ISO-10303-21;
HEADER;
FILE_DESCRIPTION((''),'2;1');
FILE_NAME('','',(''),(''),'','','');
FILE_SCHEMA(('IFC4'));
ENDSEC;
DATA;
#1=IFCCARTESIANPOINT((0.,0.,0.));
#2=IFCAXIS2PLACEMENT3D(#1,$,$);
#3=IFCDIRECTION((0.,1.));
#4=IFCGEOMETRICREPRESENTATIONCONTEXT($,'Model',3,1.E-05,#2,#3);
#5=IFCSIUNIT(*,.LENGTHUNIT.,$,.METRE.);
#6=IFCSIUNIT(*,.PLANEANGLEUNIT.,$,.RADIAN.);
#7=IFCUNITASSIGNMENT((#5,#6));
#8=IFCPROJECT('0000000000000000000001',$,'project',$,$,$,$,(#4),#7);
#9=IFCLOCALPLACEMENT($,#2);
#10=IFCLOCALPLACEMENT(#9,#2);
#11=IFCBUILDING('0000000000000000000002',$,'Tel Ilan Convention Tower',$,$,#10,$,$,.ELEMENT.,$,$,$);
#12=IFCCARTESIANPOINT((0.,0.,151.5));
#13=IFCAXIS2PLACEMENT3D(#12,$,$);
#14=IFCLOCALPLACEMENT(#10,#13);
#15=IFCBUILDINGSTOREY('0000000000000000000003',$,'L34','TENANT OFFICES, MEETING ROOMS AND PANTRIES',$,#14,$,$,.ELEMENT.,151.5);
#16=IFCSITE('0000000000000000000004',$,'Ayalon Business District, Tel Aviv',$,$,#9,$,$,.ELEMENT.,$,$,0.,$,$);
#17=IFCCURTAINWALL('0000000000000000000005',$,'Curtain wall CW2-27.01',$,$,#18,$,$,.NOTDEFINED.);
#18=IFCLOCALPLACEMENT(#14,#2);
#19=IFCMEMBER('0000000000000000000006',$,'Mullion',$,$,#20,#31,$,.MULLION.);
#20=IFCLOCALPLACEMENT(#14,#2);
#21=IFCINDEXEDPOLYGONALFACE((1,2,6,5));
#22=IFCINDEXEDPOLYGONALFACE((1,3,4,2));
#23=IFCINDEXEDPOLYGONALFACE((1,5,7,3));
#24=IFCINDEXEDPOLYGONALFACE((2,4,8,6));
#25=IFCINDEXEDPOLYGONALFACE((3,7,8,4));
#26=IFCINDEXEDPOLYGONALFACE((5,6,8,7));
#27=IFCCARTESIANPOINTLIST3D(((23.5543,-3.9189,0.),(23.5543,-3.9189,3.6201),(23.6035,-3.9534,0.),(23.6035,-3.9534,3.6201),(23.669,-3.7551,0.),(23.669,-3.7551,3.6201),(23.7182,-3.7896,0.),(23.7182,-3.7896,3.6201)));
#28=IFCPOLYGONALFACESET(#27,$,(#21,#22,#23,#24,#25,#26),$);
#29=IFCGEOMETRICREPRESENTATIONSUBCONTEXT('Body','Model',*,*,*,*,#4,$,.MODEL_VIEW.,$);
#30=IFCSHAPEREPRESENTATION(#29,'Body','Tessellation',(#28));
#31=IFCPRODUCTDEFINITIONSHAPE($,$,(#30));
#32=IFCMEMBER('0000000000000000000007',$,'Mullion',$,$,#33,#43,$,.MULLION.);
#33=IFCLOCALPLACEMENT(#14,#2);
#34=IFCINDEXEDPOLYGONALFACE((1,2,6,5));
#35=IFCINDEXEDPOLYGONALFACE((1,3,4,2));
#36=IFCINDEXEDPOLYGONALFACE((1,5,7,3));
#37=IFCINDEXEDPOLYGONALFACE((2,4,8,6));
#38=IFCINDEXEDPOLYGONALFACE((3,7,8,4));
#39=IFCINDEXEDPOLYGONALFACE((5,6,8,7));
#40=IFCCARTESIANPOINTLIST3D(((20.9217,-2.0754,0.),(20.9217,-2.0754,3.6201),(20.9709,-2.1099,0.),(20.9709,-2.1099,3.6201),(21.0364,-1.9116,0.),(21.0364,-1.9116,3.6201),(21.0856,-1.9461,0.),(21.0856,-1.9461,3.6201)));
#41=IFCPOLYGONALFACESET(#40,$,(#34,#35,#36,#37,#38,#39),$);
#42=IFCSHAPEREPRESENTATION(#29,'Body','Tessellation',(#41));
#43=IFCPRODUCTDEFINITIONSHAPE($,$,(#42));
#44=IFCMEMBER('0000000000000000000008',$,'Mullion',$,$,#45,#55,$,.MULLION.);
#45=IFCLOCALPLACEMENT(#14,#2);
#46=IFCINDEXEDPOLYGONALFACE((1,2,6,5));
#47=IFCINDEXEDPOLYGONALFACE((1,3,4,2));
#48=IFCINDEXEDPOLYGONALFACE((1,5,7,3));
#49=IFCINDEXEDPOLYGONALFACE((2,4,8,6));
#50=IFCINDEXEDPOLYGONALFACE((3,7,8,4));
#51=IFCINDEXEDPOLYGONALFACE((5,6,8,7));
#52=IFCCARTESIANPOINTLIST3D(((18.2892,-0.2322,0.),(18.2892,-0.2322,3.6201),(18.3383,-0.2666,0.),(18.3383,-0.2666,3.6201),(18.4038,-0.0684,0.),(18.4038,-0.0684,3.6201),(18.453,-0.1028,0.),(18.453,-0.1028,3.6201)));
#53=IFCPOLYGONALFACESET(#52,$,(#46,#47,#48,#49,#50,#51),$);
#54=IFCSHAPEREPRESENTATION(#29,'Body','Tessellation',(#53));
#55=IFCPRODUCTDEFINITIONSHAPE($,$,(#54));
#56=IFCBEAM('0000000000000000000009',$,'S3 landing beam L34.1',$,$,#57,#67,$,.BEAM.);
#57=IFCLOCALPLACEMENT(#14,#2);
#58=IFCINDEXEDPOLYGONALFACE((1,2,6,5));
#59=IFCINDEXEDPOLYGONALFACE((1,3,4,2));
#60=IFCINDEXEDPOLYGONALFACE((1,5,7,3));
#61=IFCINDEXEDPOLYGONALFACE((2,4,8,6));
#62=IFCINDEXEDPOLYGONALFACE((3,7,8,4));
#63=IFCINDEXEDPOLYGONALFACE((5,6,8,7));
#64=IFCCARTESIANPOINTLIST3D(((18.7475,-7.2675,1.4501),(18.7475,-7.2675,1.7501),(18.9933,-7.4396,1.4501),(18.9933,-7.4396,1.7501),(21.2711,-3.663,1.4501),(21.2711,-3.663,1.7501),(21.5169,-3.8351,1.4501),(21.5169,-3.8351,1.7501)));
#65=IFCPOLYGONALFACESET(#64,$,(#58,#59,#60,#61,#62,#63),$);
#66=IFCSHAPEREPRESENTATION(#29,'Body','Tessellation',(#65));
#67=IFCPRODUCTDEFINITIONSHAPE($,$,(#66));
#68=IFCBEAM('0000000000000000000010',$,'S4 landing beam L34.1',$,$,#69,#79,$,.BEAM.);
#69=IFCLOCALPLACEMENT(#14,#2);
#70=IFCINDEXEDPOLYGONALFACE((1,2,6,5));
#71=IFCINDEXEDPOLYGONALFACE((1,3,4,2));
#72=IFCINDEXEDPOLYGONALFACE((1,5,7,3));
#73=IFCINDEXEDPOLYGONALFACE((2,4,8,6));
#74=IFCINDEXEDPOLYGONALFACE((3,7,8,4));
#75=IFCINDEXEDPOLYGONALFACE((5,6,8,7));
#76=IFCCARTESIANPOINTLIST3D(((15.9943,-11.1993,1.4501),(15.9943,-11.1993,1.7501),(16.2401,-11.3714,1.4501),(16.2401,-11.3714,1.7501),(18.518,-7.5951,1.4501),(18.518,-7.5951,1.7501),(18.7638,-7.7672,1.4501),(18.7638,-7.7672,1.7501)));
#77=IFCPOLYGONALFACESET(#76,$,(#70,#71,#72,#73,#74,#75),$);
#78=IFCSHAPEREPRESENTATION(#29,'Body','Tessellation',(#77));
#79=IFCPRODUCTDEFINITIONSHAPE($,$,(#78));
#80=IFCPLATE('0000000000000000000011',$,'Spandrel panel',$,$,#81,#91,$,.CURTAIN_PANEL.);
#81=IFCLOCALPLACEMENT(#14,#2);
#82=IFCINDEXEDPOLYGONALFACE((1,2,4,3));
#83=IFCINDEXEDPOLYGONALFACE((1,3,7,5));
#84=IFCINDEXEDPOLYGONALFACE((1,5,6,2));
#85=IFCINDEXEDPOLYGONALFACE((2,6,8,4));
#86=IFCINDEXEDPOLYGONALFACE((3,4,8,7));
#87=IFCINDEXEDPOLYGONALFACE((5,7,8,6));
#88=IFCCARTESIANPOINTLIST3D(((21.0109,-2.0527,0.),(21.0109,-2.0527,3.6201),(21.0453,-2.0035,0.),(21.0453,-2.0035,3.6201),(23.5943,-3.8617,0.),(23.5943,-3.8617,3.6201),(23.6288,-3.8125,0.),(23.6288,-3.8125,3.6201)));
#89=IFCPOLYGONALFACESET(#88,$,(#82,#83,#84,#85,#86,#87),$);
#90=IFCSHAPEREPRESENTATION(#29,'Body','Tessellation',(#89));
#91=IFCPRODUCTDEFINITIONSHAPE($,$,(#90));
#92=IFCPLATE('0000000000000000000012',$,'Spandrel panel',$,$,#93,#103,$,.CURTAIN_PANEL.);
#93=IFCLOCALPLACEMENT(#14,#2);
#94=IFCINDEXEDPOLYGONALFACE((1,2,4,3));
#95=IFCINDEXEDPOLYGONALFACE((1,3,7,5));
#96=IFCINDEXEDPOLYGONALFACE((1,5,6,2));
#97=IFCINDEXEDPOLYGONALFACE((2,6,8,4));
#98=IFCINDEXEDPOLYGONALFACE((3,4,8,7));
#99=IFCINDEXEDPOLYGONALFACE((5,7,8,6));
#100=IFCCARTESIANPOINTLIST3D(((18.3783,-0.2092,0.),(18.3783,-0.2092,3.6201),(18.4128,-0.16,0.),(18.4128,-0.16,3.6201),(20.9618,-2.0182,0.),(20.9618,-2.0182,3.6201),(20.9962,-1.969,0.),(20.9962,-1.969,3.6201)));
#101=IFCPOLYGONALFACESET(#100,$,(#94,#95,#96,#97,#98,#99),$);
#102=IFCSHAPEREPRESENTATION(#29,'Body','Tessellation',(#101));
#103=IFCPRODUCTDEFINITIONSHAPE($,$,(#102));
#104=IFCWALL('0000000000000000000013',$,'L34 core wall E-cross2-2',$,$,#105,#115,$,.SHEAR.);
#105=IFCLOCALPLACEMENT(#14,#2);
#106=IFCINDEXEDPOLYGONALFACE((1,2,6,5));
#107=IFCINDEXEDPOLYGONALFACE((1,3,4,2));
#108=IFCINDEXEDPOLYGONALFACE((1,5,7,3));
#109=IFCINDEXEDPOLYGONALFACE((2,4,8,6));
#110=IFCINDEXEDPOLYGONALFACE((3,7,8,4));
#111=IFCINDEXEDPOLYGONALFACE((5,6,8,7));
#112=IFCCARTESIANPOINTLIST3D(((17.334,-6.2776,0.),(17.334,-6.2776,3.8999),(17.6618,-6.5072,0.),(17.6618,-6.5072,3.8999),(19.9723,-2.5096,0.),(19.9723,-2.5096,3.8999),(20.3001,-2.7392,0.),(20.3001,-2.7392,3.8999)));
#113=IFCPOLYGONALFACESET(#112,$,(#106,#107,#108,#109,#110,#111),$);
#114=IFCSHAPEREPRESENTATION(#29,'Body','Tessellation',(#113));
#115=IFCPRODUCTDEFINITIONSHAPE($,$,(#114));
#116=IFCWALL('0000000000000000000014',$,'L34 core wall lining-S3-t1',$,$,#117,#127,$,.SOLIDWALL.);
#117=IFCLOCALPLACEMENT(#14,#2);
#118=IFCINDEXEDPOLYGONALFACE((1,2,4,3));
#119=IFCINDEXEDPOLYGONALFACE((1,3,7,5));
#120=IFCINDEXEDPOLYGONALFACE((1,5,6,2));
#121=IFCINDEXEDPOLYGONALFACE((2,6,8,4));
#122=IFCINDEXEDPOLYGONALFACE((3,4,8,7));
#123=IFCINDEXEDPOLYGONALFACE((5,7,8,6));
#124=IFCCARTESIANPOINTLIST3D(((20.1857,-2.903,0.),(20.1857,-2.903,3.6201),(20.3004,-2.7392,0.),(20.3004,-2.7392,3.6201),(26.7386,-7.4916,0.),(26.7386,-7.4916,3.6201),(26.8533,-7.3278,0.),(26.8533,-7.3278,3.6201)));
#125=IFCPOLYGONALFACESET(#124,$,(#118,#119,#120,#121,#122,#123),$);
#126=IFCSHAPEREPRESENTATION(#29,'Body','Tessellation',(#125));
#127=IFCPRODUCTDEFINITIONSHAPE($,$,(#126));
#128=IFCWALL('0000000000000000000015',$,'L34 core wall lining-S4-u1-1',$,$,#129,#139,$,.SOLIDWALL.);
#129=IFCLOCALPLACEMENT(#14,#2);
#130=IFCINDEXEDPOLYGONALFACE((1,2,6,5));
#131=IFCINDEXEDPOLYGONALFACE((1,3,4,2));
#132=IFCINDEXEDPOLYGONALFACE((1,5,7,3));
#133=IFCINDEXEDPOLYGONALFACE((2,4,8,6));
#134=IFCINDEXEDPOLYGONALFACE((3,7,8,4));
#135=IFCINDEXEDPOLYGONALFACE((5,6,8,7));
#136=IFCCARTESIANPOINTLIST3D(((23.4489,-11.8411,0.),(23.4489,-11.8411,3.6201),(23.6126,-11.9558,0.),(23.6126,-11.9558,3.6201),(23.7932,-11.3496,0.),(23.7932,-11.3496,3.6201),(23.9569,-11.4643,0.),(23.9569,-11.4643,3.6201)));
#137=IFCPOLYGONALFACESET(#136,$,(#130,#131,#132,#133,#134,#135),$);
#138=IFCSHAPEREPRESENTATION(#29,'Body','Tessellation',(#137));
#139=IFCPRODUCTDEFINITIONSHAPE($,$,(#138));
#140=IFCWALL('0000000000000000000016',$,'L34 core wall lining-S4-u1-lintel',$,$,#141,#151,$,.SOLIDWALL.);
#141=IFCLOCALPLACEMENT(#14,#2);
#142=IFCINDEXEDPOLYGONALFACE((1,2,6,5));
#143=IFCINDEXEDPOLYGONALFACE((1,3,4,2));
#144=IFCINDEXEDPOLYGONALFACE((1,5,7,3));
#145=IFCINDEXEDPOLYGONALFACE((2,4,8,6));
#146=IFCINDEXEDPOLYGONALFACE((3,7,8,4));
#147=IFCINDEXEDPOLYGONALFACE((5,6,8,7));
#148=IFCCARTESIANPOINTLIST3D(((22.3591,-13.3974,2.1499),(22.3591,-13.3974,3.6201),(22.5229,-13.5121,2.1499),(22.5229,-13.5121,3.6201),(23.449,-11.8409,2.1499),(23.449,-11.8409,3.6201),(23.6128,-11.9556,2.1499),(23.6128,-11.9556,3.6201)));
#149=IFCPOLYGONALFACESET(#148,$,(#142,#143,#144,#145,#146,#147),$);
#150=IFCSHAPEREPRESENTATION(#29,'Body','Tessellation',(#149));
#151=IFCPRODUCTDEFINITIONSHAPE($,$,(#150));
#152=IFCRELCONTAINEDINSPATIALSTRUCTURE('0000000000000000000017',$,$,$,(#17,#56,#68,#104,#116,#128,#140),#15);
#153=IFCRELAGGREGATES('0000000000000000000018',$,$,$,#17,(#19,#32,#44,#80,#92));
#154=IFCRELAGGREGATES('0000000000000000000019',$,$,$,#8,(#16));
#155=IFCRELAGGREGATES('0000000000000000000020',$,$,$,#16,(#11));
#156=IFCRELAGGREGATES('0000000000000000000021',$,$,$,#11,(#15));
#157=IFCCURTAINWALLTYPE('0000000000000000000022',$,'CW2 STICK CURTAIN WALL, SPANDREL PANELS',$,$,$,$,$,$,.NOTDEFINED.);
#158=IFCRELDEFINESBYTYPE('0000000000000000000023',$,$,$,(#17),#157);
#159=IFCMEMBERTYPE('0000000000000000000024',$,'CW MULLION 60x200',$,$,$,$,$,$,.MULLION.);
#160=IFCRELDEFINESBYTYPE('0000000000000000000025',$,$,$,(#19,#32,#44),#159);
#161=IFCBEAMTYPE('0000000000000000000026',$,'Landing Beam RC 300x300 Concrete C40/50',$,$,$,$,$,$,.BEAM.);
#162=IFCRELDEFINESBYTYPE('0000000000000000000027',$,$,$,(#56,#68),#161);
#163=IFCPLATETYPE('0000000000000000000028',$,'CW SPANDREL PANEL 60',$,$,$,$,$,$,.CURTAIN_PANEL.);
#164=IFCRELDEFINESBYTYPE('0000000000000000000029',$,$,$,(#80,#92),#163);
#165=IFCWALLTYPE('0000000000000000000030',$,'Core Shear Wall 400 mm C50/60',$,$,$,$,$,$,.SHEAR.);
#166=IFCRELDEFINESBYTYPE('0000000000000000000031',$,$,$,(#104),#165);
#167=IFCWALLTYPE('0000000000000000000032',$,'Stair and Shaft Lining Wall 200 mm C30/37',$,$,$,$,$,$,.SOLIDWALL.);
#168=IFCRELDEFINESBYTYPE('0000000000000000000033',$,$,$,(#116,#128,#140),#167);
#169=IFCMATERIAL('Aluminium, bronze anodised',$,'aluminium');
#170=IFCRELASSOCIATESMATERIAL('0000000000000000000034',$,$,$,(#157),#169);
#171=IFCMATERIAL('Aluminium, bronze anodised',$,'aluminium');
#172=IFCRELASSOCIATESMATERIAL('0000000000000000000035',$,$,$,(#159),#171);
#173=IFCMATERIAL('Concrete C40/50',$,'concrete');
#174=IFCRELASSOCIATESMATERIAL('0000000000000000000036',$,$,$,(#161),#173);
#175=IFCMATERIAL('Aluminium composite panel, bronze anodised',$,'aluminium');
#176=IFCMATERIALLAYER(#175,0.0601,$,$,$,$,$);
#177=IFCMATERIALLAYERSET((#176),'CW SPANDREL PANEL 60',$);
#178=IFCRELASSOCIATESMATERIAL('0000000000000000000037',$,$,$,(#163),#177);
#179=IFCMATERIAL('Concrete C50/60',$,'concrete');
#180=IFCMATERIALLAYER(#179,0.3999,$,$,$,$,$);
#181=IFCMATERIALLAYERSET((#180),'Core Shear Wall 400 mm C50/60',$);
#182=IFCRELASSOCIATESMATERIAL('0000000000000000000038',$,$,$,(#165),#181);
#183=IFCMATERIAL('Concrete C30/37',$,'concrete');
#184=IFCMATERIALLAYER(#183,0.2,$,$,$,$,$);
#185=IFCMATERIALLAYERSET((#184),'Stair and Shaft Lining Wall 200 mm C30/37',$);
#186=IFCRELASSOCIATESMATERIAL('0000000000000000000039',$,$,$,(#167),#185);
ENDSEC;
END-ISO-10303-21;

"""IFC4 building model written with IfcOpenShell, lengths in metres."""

from ifc_helpers import new_model, si_unit, direction, frame, frame_2d, origin, origin_2d, place, context, subcontext, project, spatial, polyline, rectangle, outline, extrude, material, layer, layer_set, material_profile, profile_set, type_object, element, aggregate, save


model = new_model("IFC4")

# Units and contexts
model_context = context("Model", 3, precision=1e-05, world=origin(), true_north=direction((0.0, 1.0)))
body_context = subcontext(model_context, "Body", "Model", "MODEL_VIEW")
ifc_project = project(units=[si_unit("LENGTHUNIT", "METRE"), si_unit("PLANEANGLEUNIT", "RADIAN")], contexts=[model_context])

# Site, building, storey
site_placement = place(None, origin())
site = spatial("IfcSite", under=ifc_project, at=site_placement, Name="Ayalon Business District, Tel Aviv", CompositionType="ELEMENT", RefElevation=0.0)
building_placement = place(site_placement, origin())
building = spatial("IfcBuilding", under=site, at=building_placement, Name="Tel Ilan Convention Tower", CompositionType="ELEMENT")
storey_placement = place(building_placement, frame((0.0, 0.0, 151.5)))
storey = spatial("IfcBuildingStorey", under=building, at=storey_placement, Name="L34", Description="TENANT OFFICES, MEETING ROOMS AND PANTRIES", CompositionType="ELEMENT", Elevation=151.5)

# Curtain wall, members
ifc_material_1 = material(Name="Aluminium, bronze anodised", Category="aluminium")
curtain_wall_type = type_object("IfcCurtainWallType", Name="CW2 STICK CURTAIN WALL, SPANDREL PANELS", PredefinedType="NOTDEFINED", material=ifc_material_1)
curtain_wall_placement = place(storey_placement, origin())
curtain_wall = element("IfcCurtainWall", 1, at=curtain_wall_placement, inside=storey, type_object=curtain_wall_type, Name="Curtain wall CW2-27.01", PredefinedType="NOTDEFINED")
ifc_material_2 = material(Name="Aluminium, bronze anodised", Category="aluminium")
ifc_material_profile_1 = material_profile(ifc_material_2, rectangle(XDim=0.0601, YDim=0.2, at=origin_2d()), Name="CW MULLION 60x200")
ifc_profile_set_1 = profile_set([ifc_material_profile_1], Name="Aluminium, bronze anodised")
member_type = type_object("IfcMemberType", Name="CW MULLION 60x200", PredefinedType="MULLION", material=ifc_profile_set_1)
member_1_placement = place(storey_placement, frame((23.6362, -3.8542, 0.0), z_axis=(0.0, 0.0, 1.0), x_axis=(-0.819152, 0.573576, 0.0)))
member_1 = element("IfcMember", 2, at=member_1_placement, type_object=member_type, Name="Mullion", PredefinedType="MULLION", context=body_context, shape_type="SweptSolid", body=[
    extrude(rectangle(XDim=0.0601, YDim=0.2, at=origin_2d()), origin(), (0.0, 0.0, 1.0), 3.6201),
])
member_2_placement = place(storey_placement, frame((21.0037, -2.0107, 0.0), z_axis=(0.0, 0.0, 1.0), x_axis=(-0.819152, 0.573576, 0.0)))
member_2 = element("IfcMember", 3, at=member_2_placement, type_object=member_type, Name="Mullion", PredefinedType="MULLION", context=body_context, shape_type="SweptSolid", body=[
    extrude(rectangle(XDim=0.0601, YDim=0.2, at=origin_2d()), origin(), (0.0, 0.0, 1.0), 3.6201),
])
member_3_placement = place(storey_placement, frame((18.3711, -0.1675, 0.0), z_axis=(0.0, 0.0, 1.0), x_axis=(-0.819152, 0.573576, 0.0)))
member_3 = element("IfcMember", 4, at=member_3_placement, type_object=member_type, Name="Mullion", PredefinedType="MULLION", context=body_context, shape_type="SweptSolid", body=[
    extrude(rectangle(XDim=0.0601, YDim=0.2, at=origin_2d()), origin(), (0.0, 0.0, 1.0), 3.6201),
])

# Beams
ifc_material_3 = material(Name="Concrete C40/50", Category="concrete")
ifc_material_profile_2 = material_profile(ifc_material_3, rectangle(XDim=0.3, YDim=0.3, at=origin_2d()), Name="RC 300x300")
ifc_profile_set_2 = profile_set([ifc_material_profile_2], Name="Concrete C40/50")
beam_type = type_object("IfcBeamType", Name="Landing Beam RC 300x300 Concrete C40/50", PredefinedType="BEAM", material=ifc_profile_set_2)
beam_1_placement = place(storey_placement, frame((21.394, -3.749, 1.6001), z_axis=(-0.573544, -0.819175, 0.0), x_axis=(0.819175, -0.573544, 0.0)))
element("IfcBeam", 5, at=beam_1_placement, inside=storey, type_object=beam_type, Name="S3 landing beam L34.1", PredefinedType="BEAM", context=body_context, shape_type="SweptSolid", body=[
    extrude(rectangle(XDim=0.3, YDim=0.3, at=origin_2d()), origin(), (0.0, 0.0, 1.0), 4.4001),
])
beam_2_placement = place(storey_placement, frame((18.6409, -7.6812, 1.6001), z_axis=(-0.57357, -0.819156, 0.0), x_axis=(0.819156, -0.57357, 0.0)))
element("IfcBeam", 6, at=beam_2_placement, inside=storey, type_object=beam_type, Name="S4 landing beam L34.1", PredefinedType="BEAM", context=body_context, shape_type="SweptSolid", body=[
    extrude(rectangle(XDim=0.3, YDim=0.3, at=origin_2d()), origin(), (0.0, 0.0, 1.0), 4.3999),
])

# Plates
ifc_material_4 = material(Name="Aluminium composite panel, bronze anodised", Category="aluminium")
ifc_layer_1 = layer(ifc_material_4, 0.0601)
ifc_layer_set_1 = layer_set([ifc_layer_1], Name="CW SPANDREL PANEL 60")
plate_type = type_object("IfcPlateType", Name="CW SPANDREL PANEL 60", PredefinedType="CURTAIN_PANEL", material=ifc_layer_set_1)
plate_1_placement = place(storey_placement, frame((22.3198, -2.9326, 0.0), z_axis=(0.0, 0.0, 1.0), x_axis=(-0.819152, 0.573576, 0.0)))
plate_1 = element("IfcPlate", 7, at=plate_1_placement, type_object=plate_type, Name="Spandrel panel", PredefinedType="CURTAIN_PANEL", context=body_context, shape_type="SweptSolid", body=[
    extrude(rectangle(XDim=3.1538, YDim=0.0601, at=origin_2d()), origin(), (0.0, 0.0, 1.0), 3.6201),
])
plate_2_placement = place(storey_placement, frame((19.6873, -1.0891, 0.0), z_axis=(0.0, 0.0, 1.0), x_axis=(-0.819152, 0.573576, 0.0)))
plate_2 = element("IfcPlate", 8, at=plate_2_placement, type_object=plate_type, Name="Spandrel panel", PredefinedType="CURTAIN_PANEL", context=body_context, shape_type="SweptSolid", body=[
    extrude(rectangle(XDim=3.1538, YDim=0.0601, at=origin_2d()), origin(), (0.0, 0.0, 1.0), 3.6201),
])
aggregate(curtain_wall, [member_1, member_2, member_3, plate_1, plate_2])

# Walls
ifc_material_5 = material(Name="Concrete C50/60", Category="concrete")
ifc_layer_2 = layer(ifc_material_5, 0.3999)
ifc_layer_set_2 = layer_set([ifc_layer_2], Name="Core Shear Wall 400 mm C50/60")
wall_type_1 = type_object("IfcWallType", Name="Core Shear Wall 400 mm C50/60", PredefinedType="SHEAR", material=ifc_layer_set_2)
wall_1_placement = place(storey_placement, frame((17.4978, -6.3923, 0.0), z_axis=(0.0, 0.0, 1.0), x_axis=(0.573612, 0.819127, 0.0)))
element("IfcWall", 9, at=wall_1_placement, inside=storey, type_object=wall_type_1, Name="L34 core wall E-cross2-2", PredefinedType="SHEAR", context=body_context, shape_type="SweptSolid", body=[
    extrude(outline(polyline([(4.5999, -0.2), (4.5999, 0.2002), (0.0, 0.2), (0.0, -0.2002), (4.5999, -0.2)])), origin(), (0.0, 0.0, 1.0), 3.8999),
])
ifc_material_6 = material(Name="Concrete C30/37", Category="concrete")
ifc_layer_3 = layer(ifc_material_6, 0.2)
ifc_layer_set_3 = layer_set([ifc_layer_3], Name="Stair and Shaft Lining Wall 200 mm C30/37")
wall_type_2 = type_object("IfcWallType", Name="Stair and Shaft Lining Wall 200 mm C30/37", PredefinedType="SOLIDWALL", material=ifc_layer_set_3)
wall_2_placement = place(storey_placement, frame((20.2429, -2.821, 0.0), z_axis=(0.0, 0.0, 1.0), x_axis=(0.819142, -0.573591, 0.0)))
element("IfcWall", 10, at=wall_2_placement, inside=storey, type_object=wall_type_2, Name="L34 core wall lining-S3-t1", PredefinedType="SOLIDWALL", context=body_context, shape_type="SweptSolid", body=[
    extrude(rectangle(XDim=7.9998, YDim=0.2, at=frame_2d((4.0, 0.0))), origin(), (0.0, 0.0, 1.0), 3.6201),
])
wall_3_placement = place(storey_placement, frame((23.5308, -11.8984, 0.0), z_axis=(0.0, 0.0, 1.0), x_axis=(0.573708, 0.81906, 0.0)))
element("IfcWall", 11, at=wall_3_placement, inside=storey, type_object=wall_type_2, Name="L34 core wall lining-S4-u1-1", PredefinedType="SOLIDWALL", context=body_context, shape_type="SweptSolid", body=[
    extrude(rectangle(XDim=0.6001, YDim=0.2, at=frame_2d((0.3, 0.0))), origin(), (0.0, 0.0, 1.0), 3.6201),
])
wall_4_placement = place(storey_placement, frame((22.4409, -13.4548, 2.1499), z_axis=(0.0, 0.0, 1.0), x_axis=(0.573592, 0.819141, 0.0)))
element("IfcWall", 12, at=wall_4_placement, inside=storey, type_object=wall_type_2, Name="L34 core wall lining-S4-u1-lintel", PredefinedType="SOLIDWALL", context=body_context, shape_type="SweptSolid", body=[
    extrude(rectangle(XDim=1.9001, YDim=0.2, at=frame_2d((0.9502, 0.0))), origin(), (0.0, 0.0, 1.0), 1.4702),
])

save(model, "model.ifc")
